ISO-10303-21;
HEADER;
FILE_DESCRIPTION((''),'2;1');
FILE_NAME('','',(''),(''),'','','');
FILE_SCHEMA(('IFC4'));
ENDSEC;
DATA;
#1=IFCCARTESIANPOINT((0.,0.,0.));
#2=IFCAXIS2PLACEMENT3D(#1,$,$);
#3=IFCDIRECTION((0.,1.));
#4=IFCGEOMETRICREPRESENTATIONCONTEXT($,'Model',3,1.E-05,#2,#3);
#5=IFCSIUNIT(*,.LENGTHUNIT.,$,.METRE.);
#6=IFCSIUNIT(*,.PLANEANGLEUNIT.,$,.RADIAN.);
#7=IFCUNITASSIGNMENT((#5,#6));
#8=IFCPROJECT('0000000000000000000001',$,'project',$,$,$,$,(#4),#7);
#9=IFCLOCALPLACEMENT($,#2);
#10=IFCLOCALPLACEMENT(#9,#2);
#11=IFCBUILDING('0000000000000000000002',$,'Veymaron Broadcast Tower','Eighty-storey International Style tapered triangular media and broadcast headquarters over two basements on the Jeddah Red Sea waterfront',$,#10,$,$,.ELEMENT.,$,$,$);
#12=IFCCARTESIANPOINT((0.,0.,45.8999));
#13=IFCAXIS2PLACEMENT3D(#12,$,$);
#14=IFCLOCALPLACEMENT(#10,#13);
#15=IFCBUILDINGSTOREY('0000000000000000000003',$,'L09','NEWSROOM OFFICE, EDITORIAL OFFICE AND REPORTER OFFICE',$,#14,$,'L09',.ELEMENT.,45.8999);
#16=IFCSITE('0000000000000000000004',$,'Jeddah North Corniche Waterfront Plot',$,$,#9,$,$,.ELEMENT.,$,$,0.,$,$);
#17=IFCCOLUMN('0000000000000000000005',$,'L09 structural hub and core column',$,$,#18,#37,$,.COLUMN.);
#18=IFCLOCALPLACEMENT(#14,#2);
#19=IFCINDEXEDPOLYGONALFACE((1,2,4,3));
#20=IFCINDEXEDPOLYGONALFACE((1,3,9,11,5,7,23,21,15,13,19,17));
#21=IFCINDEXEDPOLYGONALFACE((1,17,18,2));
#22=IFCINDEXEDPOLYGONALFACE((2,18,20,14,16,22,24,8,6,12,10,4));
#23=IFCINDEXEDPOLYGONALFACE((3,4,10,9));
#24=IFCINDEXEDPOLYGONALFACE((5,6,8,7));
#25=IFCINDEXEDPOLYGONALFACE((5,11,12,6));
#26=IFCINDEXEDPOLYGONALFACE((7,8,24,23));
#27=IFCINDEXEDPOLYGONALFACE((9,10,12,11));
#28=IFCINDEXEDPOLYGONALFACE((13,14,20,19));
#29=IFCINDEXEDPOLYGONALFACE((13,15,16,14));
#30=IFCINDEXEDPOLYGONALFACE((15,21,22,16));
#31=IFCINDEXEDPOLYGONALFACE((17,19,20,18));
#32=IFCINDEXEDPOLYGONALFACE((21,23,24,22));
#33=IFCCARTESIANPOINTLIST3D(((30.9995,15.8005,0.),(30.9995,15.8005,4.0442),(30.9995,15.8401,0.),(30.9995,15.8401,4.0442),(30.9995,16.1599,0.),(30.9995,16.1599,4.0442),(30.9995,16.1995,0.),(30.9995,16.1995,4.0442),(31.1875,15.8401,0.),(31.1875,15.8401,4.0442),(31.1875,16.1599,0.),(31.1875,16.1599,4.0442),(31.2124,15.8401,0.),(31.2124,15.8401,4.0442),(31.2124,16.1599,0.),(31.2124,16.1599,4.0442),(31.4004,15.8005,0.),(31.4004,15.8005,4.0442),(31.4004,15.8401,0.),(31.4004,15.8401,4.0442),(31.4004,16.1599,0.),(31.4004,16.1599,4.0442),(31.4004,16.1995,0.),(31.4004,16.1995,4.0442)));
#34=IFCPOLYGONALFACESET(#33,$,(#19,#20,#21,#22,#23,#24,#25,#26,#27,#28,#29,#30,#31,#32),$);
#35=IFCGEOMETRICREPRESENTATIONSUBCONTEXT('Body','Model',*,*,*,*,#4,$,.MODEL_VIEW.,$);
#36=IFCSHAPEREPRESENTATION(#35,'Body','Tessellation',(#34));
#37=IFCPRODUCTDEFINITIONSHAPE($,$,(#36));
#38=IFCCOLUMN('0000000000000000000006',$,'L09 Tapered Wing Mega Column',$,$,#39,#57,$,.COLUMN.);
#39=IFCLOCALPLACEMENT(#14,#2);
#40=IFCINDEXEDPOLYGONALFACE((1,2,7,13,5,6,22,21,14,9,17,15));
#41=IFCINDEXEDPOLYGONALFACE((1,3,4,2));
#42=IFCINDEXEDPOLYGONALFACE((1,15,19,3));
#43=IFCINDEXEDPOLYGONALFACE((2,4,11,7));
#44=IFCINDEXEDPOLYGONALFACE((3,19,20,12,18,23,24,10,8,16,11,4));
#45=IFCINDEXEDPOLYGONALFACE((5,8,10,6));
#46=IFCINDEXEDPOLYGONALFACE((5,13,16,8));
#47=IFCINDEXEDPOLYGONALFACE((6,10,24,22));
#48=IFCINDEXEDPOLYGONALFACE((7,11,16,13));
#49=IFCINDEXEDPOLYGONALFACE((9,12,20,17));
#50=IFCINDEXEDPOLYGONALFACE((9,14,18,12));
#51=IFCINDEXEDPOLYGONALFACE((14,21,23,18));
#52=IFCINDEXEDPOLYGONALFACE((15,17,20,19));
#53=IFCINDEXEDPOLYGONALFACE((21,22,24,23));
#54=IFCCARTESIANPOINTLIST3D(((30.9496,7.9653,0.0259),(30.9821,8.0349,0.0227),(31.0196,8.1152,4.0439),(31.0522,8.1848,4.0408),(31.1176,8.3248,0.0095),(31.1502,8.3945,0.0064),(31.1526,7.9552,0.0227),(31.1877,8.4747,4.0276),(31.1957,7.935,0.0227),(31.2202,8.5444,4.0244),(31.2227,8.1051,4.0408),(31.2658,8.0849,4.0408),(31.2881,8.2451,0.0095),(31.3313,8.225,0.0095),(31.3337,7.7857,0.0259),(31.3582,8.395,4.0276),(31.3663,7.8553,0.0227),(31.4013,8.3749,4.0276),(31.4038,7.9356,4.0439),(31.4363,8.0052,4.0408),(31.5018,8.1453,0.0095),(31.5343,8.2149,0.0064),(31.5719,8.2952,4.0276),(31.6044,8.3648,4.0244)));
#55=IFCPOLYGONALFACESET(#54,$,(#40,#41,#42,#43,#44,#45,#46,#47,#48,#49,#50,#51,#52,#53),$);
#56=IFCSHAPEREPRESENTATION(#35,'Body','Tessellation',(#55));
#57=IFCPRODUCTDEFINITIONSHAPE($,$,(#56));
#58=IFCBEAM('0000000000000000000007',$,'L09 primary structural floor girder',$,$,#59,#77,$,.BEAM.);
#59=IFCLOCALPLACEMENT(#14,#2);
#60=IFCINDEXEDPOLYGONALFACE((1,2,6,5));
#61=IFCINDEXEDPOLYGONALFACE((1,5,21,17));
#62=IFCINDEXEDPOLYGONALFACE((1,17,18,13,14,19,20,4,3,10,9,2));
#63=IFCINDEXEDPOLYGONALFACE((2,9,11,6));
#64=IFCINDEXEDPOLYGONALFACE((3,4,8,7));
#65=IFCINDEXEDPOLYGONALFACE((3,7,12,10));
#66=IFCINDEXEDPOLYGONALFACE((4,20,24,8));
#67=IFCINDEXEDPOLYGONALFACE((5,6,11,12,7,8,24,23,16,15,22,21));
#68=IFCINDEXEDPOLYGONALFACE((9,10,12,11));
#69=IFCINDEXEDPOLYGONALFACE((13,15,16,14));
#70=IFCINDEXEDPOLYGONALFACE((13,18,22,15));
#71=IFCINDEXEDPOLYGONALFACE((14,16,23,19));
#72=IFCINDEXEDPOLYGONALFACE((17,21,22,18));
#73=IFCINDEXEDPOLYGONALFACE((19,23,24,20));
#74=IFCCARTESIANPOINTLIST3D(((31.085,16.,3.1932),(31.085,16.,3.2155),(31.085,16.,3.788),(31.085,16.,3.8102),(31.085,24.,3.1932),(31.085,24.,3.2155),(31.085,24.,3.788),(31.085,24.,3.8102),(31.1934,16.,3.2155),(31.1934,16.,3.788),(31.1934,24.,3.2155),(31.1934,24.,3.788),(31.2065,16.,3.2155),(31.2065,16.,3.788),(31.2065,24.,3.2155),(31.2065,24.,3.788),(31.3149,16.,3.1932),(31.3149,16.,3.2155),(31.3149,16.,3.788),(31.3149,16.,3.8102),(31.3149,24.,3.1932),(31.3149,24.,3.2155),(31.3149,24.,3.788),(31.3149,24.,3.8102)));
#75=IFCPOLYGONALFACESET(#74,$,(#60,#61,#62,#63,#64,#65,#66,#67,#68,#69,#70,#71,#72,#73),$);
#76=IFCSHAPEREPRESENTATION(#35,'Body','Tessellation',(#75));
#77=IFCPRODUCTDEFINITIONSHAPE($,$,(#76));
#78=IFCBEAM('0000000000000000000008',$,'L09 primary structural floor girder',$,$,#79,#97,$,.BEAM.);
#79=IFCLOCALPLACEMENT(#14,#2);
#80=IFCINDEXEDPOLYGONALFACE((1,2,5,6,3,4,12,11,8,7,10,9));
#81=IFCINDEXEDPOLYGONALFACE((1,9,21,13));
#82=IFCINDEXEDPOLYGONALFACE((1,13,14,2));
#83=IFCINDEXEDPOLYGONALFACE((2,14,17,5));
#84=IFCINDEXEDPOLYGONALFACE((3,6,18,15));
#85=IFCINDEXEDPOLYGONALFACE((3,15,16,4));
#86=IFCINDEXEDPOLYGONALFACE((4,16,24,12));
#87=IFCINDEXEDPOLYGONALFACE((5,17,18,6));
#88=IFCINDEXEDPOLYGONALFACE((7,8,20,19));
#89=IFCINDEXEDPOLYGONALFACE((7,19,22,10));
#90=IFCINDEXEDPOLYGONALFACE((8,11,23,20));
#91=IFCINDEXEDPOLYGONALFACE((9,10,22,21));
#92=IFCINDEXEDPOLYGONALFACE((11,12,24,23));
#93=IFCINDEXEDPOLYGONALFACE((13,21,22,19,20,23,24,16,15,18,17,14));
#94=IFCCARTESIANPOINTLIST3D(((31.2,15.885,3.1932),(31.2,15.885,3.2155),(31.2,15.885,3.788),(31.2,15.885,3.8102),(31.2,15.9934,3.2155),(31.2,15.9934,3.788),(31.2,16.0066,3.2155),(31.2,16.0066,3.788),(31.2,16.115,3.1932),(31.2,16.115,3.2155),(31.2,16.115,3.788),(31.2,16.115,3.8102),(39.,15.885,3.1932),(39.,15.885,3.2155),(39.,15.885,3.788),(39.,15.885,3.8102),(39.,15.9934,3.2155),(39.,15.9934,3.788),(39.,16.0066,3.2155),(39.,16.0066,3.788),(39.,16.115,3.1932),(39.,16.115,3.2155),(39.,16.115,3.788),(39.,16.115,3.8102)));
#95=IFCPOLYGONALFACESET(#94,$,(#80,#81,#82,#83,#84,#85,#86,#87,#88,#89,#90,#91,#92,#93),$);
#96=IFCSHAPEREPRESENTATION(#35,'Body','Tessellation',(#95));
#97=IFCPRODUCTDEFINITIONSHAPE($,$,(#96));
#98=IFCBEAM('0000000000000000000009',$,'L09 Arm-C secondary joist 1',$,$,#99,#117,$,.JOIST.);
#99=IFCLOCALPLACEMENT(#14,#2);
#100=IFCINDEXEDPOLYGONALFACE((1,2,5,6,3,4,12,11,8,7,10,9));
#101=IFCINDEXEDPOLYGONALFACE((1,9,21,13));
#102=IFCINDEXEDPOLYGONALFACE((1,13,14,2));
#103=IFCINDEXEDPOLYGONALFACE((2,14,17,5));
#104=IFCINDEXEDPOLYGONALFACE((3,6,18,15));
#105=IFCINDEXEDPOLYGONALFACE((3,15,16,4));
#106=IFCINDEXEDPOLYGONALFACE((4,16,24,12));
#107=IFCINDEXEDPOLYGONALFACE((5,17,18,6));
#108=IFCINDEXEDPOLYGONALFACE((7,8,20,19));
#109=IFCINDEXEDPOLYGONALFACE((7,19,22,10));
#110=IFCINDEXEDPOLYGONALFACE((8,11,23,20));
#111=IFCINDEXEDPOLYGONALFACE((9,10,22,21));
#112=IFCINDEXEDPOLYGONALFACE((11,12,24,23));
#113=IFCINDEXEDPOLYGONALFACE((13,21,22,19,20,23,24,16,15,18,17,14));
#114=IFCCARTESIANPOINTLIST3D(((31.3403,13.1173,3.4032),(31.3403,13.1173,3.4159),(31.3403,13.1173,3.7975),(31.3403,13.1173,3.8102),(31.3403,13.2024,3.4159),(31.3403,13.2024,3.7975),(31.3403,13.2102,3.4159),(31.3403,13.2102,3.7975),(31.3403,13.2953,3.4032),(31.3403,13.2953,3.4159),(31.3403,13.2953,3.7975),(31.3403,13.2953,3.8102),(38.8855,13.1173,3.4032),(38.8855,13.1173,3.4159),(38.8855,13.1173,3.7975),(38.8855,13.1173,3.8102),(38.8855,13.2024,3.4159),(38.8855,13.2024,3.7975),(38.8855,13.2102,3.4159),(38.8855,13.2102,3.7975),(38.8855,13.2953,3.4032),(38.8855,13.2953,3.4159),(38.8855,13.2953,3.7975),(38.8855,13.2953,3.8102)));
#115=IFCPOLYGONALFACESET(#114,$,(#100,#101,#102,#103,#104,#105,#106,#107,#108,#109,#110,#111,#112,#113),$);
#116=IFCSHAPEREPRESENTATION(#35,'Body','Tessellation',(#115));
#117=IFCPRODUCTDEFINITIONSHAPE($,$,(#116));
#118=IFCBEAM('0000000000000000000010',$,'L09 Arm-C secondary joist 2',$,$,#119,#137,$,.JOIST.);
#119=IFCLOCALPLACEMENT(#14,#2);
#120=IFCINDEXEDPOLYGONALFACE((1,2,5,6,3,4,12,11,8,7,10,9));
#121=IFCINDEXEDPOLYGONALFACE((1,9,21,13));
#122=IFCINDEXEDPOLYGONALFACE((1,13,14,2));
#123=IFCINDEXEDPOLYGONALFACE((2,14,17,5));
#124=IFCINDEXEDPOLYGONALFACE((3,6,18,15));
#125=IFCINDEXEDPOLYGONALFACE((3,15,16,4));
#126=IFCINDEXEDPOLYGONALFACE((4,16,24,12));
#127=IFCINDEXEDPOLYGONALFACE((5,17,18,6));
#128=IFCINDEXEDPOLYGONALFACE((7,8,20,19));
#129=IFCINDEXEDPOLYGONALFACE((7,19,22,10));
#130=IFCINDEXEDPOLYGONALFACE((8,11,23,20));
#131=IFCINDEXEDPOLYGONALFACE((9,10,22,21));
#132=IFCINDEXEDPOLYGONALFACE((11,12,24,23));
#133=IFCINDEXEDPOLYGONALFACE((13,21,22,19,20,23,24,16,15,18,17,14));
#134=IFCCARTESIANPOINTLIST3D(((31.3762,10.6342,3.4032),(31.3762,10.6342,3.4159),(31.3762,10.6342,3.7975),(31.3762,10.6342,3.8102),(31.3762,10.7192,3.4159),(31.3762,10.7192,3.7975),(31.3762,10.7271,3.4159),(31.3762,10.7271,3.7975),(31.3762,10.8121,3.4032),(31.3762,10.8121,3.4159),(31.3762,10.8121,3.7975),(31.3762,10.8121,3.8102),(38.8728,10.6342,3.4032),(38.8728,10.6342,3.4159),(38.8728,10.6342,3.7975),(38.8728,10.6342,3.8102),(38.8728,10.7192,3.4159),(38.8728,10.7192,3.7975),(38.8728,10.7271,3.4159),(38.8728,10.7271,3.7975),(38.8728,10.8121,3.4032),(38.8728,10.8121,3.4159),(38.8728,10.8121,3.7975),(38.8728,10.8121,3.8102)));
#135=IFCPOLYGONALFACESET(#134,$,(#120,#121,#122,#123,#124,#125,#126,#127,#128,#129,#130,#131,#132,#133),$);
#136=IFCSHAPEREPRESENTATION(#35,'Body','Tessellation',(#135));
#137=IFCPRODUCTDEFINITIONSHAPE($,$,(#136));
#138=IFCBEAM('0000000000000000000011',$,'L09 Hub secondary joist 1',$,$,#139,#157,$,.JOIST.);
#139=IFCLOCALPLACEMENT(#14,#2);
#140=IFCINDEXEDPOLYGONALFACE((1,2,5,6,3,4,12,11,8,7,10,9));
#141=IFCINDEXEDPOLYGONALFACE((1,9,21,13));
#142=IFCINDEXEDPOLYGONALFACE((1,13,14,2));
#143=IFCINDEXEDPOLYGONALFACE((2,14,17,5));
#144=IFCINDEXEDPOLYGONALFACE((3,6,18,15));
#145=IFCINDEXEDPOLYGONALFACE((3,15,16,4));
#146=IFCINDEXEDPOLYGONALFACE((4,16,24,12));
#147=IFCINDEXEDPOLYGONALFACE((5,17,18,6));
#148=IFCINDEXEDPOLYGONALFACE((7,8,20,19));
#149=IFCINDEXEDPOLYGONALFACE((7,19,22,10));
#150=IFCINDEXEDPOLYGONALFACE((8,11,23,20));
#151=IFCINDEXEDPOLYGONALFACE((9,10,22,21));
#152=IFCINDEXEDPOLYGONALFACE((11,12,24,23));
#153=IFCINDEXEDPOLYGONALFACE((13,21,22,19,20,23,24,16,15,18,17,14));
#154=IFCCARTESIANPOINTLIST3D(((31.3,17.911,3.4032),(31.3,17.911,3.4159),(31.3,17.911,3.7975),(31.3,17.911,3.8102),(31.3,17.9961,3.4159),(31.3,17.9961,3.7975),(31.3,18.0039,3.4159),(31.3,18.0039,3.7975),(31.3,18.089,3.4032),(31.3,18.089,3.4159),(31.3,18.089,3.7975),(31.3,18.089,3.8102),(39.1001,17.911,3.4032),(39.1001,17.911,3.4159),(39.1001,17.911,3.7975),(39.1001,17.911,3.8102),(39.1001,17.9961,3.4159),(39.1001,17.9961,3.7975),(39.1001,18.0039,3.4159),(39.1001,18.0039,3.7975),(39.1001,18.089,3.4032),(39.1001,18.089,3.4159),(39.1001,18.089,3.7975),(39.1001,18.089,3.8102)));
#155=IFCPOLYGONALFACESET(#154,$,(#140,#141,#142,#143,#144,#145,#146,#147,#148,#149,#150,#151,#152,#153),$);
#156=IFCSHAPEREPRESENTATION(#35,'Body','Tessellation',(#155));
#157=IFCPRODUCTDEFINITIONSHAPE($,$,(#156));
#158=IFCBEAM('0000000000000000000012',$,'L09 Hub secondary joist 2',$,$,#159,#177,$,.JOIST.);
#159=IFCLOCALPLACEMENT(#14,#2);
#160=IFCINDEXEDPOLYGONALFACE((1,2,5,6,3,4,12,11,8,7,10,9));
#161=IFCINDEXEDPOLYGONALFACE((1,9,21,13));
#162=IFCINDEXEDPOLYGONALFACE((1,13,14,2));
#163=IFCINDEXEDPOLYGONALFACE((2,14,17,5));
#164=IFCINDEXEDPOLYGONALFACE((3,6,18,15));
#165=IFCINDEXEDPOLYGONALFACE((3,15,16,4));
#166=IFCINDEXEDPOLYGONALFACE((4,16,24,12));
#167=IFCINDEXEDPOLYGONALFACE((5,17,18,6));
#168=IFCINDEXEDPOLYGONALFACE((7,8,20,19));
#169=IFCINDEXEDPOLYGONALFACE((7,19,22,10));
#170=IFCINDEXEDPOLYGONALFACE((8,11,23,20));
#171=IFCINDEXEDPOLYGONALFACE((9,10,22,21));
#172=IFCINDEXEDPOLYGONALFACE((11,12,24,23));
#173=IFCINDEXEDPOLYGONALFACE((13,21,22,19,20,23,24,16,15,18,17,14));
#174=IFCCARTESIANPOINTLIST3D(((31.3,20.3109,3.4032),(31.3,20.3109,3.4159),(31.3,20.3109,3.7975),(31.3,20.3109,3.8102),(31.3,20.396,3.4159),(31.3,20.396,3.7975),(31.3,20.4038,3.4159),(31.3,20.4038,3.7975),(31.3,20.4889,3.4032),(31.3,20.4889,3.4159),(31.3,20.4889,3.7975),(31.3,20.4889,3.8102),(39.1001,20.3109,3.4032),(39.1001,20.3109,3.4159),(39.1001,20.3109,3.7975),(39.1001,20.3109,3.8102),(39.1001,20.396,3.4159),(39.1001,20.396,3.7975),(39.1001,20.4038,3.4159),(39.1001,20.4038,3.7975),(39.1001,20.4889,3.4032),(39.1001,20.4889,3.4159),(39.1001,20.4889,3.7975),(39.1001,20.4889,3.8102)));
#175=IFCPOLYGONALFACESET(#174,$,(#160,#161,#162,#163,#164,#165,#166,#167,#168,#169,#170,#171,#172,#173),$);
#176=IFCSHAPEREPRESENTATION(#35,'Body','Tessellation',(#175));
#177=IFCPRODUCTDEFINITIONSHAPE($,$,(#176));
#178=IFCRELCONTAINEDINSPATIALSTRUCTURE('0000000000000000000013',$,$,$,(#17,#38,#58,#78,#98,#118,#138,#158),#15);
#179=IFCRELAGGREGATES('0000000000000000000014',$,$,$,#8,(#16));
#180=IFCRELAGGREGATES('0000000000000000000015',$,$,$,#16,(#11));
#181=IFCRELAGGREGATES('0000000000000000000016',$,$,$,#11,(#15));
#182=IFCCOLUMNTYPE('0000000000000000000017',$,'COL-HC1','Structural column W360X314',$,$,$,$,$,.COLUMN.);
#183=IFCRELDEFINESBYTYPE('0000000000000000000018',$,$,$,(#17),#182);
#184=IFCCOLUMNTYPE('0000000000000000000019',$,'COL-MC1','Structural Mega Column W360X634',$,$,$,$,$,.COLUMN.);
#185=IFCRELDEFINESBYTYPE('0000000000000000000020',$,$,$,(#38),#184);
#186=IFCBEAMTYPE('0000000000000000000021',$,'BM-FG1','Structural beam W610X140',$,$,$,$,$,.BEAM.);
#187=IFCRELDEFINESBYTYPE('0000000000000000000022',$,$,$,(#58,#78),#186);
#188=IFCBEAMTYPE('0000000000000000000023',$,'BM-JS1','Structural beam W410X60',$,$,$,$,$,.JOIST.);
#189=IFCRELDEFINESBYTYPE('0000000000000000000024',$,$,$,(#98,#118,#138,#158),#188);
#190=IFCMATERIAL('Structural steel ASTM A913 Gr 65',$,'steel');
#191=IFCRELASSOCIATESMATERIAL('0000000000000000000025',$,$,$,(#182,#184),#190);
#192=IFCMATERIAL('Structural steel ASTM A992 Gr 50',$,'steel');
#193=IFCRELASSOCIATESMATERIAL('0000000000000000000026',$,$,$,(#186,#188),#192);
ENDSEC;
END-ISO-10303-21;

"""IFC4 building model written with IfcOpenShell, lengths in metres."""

from ifc_helpers import new_model, si_unit, direction, frame, origin, origin_2d, place, context, subcontext, project, spatial, i_section, extrude, material, material_profile, profile_set, type_object, element, save


model = new_model("IFC4")

# Units and contexts
model_context = context("Model", 3, precision=1e-05, world=origin(), true_north=direction((0.0, 1.0)))
body_context = subcontext(model_context, "Body", "Model", "MODEL_VIEW")
ifc_project = project(units=[si_unit("LENGTHUNIT", "METRE"), si_unit("PLANEANGLEUNIT", "RADIAN")], contexts=[model_context])

# Site, building, storey
site_placement = place(None, origin())
site = spatial("IfcSite", under=ifc_project, at=site_placement, Name="Jeddah North Corniche Waterfront Plot", CompositionType="ELEMENT", RefElevation=0.0)
building_placement = place(site_placement, origin())
building = spatial("IfcBuilding", under=site, at=building_placement, Name="Veymaron Broadcast Tower", Description="Eighty-storey International Style tapered triangular media and broadcast headquarters over two basements on the Jeddah Red Sea waterfront", CompositionType="ELEMENT")
storey_placement = place(building_placement, frame((0.0, 0.0, 45.8999)))
storey = spatial("IfcBuildingStorey", under=building, at=storey_placement, Name="L09", Description="NEWSROOM OFFICE, EDITORIAL OFFICE AND REPORTER OFFICE", LongName="L09", CompositionType="ELEMENT", Elevation=45.8999)

# Columns
ifc_material_1 = material(Name="Structural steel ASTM A913 Gr 65", Category="steel")
ifc_material_profile_1 = material_profile(ifc_material_1, i_section(OverallWidth=0.4009, OverallDepth=0.3989, WebThickness=0.0249, FlangeThickness=0.0396, at=origin_2d()), Name="W360X314")
ifc_profile_set_1 = profile_set([ifc_material_profile_1], Name="Structural steel ASTM A913 Gr 65")
column_type_1 = type_object("IfcColumnType", Name="COL-HC1", Description="Structural column W360X314", PredefinedType="COLUMN", material=ifc_profile_set_1)
column_1_placement = place(storey_placement, frame((31.2, 16.0, 0.0), z_axis=(0.0, 0.0, 1.0), x_axis=(1.0, 0.0, 0.0)))
element("IfcColumn", 1, at=column_1_placement, inside=storey, type_object=column_type_1, Name="L09 structural hub and core column", PredefinedType="COLUMN", context=body_context, shape_type="SweptSolid", body=[
    extrude(i_section(OverallWidth=0.4009, OverallDepth=0.3989, WebThickness=0.0249, FlangeThickness=0.0396, at=origin_2d()), origin(), (0.0, 0.0, 1.0), 4.0442),
])
ifc_material_profile_2 = material_profile(ifc_material_1, i_section(OverallWidth=0.4241, OverallDepth=0.4741, WebThickness=0.0476, FlangeThickness=0.0769, at=origin_2d()), Name="W360X634")
ifc_profile_set_2 = profile_set([ifc_material_profile_2], Name="Structural steel ASTM A913 Gr 65")
column_type_2 = type_object("IfcColumnType", Name="COL-MC1", Description="Structural Mega Column W360X634", PredefinedType="COLUMN", material=ifc_profile_set_2)
column_2_placement = place(storey_placement, frame((31.2419, 8.0901, 0.0161), z_axis=(0.017424, 0.037275, 0.999153), x_axis=(-0.905919, 0.423451, 0.0)))
element("IfcColumn", 2, at=column_2_placement, inside=storey, type_object=column_type_2, Name="L09 Tapered Wing Mega Column", PredefinedType="COLUMN", context=body_context, shape_type="SweptSolid", body=[
    extrude(i_section(OverallWidth=0.4241, OverallDepth=0.4741, WebThickness=0.0476, FlangeThickness=0.0769, at=origin_2d()), origin(), (0.0, 0.0, 1.0), 4.0215),
])

# Beams
ifc_material_2 = material(Name="Structural steel ASTM A992 Gr 50", Category="steel")
ifc_material_profile_3 = material_profile(ifc_material_2, i_section(OverallWidth=0.23, OverallDepth=0.6169, WebThickness=0.0132, FlangeThickness=0.0222, at=origin_2d()), Name="W610X140")
ifc_profile_set_3 = profile_set([ifc_material_profile_3], Name="Structural steel ASTM A992 Gr 50")
beam_type_1 = type_object("IfcBeamType", Name="BM-FG1", Description="Structural beam W610X140", PredefinedType="BEAM", material=ifc_profile_set_3)
beam_1_placement = place(storey_placement, frame((31.2, 16.0, 3.5017), z_axis=(0.0, 1.0, 0.0), x_axis=(-1.0, 0.0, 0.0)))
element("IfcBeam", 3, at=beam_1_placement, inside=storey, type_object=beam_type_1, Name="L09 primary structural floor girder", PredefinedType="BEAM", context=body_context, shape_type="SweptSolid", body=[
    extrude(i_section(OverallWidth=0.23, OverallDepth=0.6169, WebThickness=0.0132, FlangeThickness=0.0222, at=origin_2d()), origin(), (0.0, 0.0, 1.0), 8.0),
])
beam_2_placement = place(storey_placement, frame((31.2, 16.0, 3.5017), z_axis=(1.0, 0.0, 0.0), x_axis=(0.0, 1.0, 0.0)))
element("IfcBeam", 4, at=beam_2_placement, inside=storey, type_object=beam_type_1, Name="L09 primary structural floor girder", PredefinedType="BEAM", context=body_context, shape_type="SweptSolid", body=[
    extrude(i_section(OverallWidth=0.23, OverallDepth=0.6169, WebThickness=0.0132, FlangeThickness=0.0222, at=origin_2d()), origin(), (0.0, 0.0, 1.0), 7.8),
])
ifc_material_profile_4 = material_profile(ifc_material_2, i_section(OverallWidth=0.178, OverallDepth=0.407, WebThickness=0.0078, FlangeThickness=0.0127, at=origin_2d()), Name="W410X60")
ifc_profile_set_4 = profile_set([ifc_material_profile_4], Name="Structural steel ASTM A992 Gr 50")
beam_type_2 = type_object("IfcBeamType", Name="BM-JS1", Description="Structural beam W410X60", PredefinedType="JOIST", material=ifc_profile_set_4)
beam_3_placement = place(storey_placement, frame((31.3403, 13.2063, 3.6067), z_axis=(1.0, 0.0, 0.0), x_axis=(0.0, 1.0, 0.0)))
element("IfcBeam", 5, at=beam_3_placement, inside=storey, type_object=beam_type_2, Name="L09 Arm-C secondary joist 1", PredefinedType="JOIST", context=body_context, shape_type="SweptSolid", body=[
    extrude(i_section(OverallWidth=0.178, OverallDepth=0.407, WebThickness=0.0078, FlangeThickness=0.0127, at=origin_2d()), origin(), (0.0, 0.0, 1.0), 7.5452),
])
beam_4_placement = place(storey_placement, frame((31.3762, 10.7231, 3.6067), z_axis=(1.0, 0.0, 0.0), x_axis=(0.0, 1.0, 0.0)))
element("IfcBeam", 6, at=beam_4_placement, inside=storey, type_object=beam_type_2, Name="L09 Arm-C secondary joist 2", PredefinedType="JOIST", context=body_context, shape_type="SweptSolid", body=[
    extrude(i_section(OverallWidth=0.178, OverallDepth=0.407, WebThickness=0.0078, FlangeThickness=0.0127, at=origin_2d()), origin(), (0.0, 0.0, 1.0), 7.4966),
])
for number, where, z_axis, x_axis, name in (
    (7, (31.3, 18.0, 3.6067), (1.0, 0.0, 0.0), (0.0, 1.0, 0.0), "L09 Hub secondary joist 1"),
    (8, (31.3, 20.3999, 3.6067), (1.0, 0.0, 0.0), (0.0, 1.0, 0.0), "L09 Hub secondary joist 2"),
):
    element("IfcBeam", number, at=place(storey_placement, frame(where, z_axis=z_axis, x_axis=x_axis)), inside=storey, type_object=beam_type_2, Name=name, PredefinedType="JOIST", context=body_context, shape_type="SweptSolid", body=[
        extrude(i_section(OverallWidth=0.178, OverallDepth=0.407, WebThickness=0.0078, FlangeThickness=0.0127, at=origin_2d()), origin(), (0.0, 0.0, 1.0), 7.8),
    ])

save(model, "model.ifc")
